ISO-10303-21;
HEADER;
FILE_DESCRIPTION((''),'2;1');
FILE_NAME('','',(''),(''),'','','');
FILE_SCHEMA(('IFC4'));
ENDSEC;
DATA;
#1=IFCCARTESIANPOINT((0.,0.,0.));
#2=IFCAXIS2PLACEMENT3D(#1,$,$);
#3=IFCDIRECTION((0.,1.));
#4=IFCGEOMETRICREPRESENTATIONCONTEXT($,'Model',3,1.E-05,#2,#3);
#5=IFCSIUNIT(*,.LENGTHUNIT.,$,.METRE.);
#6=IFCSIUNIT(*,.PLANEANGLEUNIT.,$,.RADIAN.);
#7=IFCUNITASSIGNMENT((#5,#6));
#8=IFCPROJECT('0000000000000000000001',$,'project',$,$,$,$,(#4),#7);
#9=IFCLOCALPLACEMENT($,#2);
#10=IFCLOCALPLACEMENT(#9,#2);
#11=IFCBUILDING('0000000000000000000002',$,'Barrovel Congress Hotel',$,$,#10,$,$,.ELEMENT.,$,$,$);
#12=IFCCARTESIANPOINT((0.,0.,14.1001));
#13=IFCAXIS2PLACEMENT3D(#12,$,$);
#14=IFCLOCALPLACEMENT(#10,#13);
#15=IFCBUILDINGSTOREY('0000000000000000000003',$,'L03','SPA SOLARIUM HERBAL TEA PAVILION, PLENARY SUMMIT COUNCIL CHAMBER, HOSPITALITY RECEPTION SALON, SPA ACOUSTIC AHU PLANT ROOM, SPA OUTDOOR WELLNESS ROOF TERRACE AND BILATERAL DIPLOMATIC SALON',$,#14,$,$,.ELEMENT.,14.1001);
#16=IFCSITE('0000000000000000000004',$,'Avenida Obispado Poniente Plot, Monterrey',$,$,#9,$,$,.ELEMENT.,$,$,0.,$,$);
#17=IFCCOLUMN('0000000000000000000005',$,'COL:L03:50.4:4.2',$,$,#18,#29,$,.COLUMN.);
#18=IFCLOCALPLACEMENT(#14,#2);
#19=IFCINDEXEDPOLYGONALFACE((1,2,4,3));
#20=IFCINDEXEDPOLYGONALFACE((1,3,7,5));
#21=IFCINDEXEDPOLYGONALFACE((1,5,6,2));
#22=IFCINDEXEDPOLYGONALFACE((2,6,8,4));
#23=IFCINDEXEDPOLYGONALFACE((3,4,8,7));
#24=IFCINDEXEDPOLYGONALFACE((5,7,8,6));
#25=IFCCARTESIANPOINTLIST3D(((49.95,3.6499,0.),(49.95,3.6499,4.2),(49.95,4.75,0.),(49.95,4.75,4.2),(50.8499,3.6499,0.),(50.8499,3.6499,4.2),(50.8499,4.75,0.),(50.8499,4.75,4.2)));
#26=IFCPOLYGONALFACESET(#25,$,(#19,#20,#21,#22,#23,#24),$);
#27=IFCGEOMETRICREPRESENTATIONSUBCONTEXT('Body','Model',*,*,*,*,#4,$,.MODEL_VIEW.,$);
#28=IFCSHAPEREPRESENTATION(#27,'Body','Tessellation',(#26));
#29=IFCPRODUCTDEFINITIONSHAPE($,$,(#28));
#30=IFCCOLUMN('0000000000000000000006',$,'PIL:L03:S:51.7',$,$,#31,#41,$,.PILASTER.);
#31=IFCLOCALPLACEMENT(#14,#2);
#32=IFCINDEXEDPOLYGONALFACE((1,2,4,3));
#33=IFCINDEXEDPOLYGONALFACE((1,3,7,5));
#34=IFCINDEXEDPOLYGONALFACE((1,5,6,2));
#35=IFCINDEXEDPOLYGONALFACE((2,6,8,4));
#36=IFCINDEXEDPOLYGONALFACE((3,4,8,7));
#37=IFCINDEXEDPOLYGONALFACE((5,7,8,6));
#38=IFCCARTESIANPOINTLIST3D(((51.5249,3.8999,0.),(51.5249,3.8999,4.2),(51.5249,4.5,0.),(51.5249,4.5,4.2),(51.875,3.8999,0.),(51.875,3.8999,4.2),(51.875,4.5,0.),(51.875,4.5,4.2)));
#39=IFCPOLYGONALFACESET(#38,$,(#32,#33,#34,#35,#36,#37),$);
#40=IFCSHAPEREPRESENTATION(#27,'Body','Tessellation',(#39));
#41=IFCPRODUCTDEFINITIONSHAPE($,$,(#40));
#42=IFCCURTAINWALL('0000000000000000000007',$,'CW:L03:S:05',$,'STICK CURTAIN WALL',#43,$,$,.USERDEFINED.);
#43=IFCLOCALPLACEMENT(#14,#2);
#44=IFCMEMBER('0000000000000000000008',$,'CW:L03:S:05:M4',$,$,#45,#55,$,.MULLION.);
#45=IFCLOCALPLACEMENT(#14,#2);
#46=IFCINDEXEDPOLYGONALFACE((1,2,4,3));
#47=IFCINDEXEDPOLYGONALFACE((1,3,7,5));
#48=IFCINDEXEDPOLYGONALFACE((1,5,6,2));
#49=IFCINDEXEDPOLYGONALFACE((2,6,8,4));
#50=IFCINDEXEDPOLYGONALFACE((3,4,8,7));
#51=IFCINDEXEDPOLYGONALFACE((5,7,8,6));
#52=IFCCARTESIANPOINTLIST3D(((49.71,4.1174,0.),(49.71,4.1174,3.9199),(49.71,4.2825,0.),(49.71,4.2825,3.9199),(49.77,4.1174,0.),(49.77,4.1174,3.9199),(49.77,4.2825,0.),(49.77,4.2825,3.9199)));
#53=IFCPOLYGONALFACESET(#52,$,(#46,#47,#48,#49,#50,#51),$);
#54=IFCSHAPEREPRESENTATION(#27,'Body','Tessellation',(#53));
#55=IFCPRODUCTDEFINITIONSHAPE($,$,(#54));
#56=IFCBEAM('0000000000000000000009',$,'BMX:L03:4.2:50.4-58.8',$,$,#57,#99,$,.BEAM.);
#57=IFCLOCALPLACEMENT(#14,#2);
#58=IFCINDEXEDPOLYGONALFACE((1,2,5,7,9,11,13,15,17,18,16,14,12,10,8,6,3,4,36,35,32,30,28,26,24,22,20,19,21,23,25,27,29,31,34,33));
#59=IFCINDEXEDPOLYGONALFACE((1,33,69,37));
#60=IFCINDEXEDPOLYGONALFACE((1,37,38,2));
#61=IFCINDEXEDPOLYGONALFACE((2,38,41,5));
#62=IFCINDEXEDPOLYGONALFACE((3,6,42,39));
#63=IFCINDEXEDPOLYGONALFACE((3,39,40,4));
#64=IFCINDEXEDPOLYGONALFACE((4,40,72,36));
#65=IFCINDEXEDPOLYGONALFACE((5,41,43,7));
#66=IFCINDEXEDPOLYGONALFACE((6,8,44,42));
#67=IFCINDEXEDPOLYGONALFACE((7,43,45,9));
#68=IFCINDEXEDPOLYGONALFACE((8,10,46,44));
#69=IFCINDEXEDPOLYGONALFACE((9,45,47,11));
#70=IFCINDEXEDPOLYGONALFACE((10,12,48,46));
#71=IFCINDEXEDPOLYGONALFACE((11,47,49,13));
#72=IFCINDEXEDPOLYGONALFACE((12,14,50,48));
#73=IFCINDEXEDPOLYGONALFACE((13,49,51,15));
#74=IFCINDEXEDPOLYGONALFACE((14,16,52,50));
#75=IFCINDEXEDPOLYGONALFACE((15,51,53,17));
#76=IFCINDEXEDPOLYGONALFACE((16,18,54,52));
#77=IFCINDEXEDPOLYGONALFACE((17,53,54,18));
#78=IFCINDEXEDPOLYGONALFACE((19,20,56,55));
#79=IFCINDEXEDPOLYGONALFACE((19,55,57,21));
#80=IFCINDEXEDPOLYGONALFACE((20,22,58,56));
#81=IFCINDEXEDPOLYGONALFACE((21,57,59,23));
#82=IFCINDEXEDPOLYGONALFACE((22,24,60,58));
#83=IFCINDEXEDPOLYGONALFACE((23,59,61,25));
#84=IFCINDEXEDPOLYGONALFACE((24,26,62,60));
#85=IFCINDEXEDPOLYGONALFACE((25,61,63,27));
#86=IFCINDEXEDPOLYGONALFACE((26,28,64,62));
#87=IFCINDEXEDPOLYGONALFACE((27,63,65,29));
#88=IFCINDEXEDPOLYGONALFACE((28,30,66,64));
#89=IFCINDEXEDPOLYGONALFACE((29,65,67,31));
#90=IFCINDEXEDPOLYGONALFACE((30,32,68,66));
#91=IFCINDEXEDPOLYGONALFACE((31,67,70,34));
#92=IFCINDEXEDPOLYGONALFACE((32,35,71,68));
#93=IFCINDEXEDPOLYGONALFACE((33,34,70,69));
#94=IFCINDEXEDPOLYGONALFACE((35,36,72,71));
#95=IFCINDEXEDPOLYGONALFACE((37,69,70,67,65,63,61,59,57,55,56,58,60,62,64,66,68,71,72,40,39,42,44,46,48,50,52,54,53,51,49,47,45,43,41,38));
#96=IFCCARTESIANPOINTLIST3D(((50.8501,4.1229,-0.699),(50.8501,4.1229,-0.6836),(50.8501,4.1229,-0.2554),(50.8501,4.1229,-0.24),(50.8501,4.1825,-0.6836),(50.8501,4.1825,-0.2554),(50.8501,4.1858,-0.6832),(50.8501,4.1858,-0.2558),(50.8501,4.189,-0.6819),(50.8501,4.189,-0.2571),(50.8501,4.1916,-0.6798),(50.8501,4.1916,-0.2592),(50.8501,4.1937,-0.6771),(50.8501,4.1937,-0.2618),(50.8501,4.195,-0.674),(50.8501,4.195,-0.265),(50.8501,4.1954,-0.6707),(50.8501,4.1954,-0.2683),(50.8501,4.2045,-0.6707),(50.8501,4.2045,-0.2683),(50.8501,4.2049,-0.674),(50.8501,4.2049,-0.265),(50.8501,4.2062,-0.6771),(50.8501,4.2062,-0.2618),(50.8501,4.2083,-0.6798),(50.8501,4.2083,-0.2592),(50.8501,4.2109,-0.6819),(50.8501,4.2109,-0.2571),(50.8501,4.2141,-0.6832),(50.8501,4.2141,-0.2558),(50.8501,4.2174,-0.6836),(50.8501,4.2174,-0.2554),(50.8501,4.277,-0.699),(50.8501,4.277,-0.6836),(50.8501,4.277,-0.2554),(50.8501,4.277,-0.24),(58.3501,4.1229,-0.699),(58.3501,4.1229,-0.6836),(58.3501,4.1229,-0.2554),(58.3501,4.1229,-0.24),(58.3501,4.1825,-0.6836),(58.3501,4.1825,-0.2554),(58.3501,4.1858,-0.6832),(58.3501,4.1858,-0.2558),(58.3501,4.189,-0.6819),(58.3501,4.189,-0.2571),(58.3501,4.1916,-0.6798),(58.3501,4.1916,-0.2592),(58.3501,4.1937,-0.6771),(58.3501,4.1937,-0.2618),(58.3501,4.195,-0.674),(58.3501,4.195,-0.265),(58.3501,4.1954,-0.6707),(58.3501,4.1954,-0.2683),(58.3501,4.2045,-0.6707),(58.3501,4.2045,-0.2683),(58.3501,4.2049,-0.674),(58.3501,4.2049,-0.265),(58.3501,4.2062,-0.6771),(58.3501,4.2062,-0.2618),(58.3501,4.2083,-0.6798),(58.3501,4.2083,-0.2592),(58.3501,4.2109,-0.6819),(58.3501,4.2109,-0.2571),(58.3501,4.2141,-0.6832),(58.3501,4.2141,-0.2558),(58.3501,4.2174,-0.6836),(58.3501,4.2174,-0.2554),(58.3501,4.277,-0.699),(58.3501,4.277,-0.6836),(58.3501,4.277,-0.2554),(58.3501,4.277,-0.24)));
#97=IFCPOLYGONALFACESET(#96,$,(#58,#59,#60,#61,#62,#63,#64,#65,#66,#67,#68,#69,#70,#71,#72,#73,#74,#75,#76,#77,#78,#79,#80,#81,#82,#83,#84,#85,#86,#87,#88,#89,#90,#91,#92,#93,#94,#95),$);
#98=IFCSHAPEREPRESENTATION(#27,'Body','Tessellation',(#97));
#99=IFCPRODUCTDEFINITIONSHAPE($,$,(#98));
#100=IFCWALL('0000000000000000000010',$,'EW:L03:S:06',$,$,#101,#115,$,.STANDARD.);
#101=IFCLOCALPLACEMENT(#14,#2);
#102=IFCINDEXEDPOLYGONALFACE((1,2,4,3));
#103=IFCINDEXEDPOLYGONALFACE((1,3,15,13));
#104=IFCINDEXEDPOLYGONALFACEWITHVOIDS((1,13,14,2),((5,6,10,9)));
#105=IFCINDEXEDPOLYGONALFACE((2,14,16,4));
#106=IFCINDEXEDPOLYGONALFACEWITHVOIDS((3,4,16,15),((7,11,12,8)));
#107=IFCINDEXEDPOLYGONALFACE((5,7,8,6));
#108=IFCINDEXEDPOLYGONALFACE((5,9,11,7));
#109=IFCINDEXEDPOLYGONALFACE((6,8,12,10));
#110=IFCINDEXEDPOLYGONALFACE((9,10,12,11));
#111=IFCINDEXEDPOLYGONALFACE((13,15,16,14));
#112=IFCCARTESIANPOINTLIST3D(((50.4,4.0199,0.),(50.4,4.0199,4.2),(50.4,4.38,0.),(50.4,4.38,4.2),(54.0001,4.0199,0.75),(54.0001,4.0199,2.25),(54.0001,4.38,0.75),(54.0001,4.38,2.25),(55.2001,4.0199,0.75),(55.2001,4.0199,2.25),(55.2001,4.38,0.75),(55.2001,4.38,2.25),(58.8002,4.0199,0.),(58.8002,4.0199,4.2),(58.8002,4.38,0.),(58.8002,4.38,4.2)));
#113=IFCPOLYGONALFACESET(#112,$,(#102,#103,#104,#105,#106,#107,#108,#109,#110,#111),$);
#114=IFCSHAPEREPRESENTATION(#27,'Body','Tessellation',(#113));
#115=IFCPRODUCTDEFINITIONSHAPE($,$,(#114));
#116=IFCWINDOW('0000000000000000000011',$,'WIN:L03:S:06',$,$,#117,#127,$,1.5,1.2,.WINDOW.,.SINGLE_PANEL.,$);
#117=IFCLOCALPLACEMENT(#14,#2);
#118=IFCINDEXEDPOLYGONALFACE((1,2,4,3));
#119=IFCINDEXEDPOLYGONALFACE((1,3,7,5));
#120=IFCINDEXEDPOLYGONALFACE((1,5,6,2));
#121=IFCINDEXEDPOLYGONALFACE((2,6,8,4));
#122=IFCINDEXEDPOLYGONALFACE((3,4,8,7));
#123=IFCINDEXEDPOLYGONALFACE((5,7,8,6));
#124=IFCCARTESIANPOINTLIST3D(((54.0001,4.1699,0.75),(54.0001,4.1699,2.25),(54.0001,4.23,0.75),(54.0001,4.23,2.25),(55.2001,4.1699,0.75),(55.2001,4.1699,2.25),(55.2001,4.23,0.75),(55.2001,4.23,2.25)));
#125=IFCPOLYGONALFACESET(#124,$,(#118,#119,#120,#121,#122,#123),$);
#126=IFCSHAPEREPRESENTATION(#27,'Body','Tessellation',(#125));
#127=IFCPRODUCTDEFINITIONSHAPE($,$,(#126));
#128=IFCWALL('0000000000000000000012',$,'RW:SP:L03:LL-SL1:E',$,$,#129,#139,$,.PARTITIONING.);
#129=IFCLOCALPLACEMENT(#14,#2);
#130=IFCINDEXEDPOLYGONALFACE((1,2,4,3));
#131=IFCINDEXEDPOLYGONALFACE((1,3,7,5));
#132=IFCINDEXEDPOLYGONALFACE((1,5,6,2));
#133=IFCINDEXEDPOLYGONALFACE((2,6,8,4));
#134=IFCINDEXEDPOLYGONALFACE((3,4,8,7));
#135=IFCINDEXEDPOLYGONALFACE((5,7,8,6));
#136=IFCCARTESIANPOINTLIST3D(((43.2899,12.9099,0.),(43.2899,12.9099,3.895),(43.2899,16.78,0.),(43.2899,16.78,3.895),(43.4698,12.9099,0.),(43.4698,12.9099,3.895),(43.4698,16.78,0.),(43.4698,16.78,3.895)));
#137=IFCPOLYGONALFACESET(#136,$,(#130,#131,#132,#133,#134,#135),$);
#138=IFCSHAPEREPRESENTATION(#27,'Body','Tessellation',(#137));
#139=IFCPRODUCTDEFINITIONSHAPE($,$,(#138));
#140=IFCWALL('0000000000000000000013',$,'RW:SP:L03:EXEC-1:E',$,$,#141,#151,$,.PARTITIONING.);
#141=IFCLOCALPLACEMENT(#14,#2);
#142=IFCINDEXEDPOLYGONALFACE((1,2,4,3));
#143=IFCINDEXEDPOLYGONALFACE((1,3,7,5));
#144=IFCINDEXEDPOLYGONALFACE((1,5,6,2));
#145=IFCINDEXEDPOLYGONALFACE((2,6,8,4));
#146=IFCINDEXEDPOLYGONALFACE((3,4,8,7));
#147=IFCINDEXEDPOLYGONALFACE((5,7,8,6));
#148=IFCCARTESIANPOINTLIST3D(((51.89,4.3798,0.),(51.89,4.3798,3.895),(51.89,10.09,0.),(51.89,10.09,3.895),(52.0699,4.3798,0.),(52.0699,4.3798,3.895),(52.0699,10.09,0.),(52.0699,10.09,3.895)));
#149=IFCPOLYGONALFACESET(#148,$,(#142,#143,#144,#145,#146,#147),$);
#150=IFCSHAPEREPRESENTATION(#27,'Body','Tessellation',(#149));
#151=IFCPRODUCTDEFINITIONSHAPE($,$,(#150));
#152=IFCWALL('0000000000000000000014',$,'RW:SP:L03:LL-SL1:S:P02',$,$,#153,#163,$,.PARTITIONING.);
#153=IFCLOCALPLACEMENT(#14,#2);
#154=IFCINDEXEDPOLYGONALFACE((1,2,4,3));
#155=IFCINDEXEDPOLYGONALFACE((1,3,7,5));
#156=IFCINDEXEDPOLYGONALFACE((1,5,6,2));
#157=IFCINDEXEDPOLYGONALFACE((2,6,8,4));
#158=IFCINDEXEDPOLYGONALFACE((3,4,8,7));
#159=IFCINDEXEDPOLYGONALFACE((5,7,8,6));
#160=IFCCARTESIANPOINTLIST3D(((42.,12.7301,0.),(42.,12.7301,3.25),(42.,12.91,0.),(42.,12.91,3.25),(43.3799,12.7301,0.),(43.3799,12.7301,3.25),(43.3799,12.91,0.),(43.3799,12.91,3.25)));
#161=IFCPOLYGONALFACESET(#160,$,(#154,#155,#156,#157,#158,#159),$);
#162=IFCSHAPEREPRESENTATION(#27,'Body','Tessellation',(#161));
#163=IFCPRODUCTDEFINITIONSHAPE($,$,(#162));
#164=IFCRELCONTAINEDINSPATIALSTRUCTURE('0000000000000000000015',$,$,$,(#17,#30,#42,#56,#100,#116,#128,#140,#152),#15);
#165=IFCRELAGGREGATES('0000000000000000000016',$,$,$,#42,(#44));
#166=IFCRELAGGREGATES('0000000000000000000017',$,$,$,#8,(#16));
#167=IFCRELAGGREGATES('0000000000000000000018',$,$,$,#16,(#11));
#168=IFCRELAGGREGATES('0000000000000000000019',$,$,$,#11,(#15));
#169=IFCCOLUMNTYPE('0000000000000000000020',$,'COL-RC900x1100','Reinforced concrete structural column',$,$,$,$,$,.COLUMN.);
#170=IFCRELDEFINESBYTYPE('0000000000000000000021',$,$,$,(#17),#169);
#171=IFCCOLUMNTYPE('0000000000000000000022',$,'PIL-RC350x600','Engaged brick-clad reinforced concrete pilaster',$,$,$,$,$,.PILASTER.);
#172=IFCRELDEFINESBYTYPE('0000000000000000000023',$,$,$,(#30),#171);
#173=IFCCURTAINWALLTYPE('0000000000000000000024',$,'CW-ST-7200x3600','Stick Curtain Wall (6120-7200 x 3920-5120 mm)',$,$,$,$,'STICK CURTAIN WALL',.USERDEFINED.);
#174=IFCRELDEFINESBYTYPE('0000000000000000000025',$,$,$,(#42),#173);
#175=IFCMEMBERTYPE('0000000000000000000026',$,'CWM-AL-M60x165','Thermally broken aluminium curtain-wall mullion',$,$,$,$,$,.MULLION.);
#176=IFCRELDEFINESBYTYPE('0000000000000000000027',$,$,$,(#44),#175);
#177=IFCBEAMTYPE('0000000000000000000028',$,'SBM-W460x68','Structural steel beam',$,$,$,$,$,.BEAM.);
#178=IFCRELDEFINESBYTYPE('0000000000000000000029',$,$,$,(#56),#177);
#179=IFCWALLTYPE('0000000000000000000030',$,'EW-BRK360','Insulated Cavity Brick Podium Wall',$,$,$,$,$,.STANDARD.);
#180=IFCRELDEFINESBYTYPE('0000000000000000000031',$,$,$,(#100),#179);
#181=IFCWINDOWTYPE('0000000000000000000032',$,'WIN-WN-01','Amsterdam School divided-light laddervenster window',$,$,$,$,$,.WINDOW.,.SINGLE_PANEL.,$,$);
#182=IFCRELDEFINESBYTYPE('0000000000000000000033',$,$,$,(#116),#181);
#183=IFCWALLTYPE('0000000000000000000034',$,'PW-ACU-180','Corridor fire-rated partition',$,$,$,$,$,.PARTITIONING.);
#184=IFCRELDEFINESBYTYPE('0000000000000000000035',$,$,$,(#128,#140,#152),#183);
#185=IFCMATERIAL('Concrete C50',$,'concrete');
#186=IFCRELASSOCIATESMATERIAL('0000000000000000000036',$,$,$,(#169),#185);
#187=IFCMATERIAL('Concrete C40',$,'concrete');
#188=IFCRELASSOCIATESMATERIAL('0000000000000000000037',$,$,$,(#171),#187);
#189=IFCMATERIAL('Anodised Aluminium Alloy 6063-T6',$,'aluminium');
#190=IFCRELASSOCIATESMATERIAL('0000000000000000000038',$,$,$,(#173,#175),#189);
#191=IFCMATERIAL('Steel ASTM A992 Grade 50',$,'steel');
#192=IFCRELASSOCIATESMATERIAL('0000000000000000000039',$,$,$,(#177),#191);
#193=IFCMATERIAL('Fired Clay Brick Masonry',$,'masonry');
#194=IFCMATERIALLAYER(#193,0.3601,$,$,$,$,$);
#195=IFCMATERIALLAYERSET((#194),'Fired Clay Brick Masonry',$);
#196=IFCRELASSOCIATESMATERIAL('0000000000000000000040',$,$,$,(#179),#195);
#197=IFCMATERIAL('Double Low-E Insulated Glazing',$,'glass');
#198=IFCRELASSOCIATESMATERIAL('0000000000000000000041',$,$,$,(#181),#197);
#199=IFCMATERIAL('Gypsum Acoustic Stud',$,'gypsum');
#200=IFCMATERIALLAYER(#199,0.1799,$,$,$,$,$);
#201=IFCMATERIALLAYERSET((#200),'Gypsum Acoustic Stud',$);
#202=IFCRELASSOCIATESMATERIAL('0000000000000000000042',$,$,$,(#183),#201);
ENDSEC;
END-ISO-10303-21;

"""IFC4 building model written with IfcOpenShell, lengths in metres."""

from ifc_helpers import new_model, si_unit, direction, frame, frame_2d, origin, origin_2d, place, context, subcontext, project, spatial, rectangle, i_section, extrude, material, layer, layer_set, material_profile, profile_set, type_object, element, fill, aggregate, save


model = new_model("IFC4")

# Units and contexts
model_context = context("Model", 3, precision=1e-05, world=origin(), true_north=direction((0.0, 1.0)))
body_context = subcontext(model_context, "Body", "Model", "MODEL_VIEW")
ifc_project = project(units=[si_unit("LENGTHUNIT", "METRE"), si_unit("PLANEANGLEUNIT", "RADIAN")], contexts=[model_context])

# Site, building, storey
site_placement = place(None, origin())
site = spatial("IfcSite", under=ifc_project, at=site_placement, Name="Avenida Obispado Poniente Plot, Monterrey", CompositionType="ELEMENT", RefElevation=0.0)
building_placement = place(site_placement, origin())
building = spatial("IfcBuilding", under=site, at=building_placement, Name="Barrovel Congress Hotel", CompositionType="ELEMENT")
storey_placement = place(building_placement, frame((0.0, 0.0, 14.1001)))
storey = spatial("IfcBuildingStorey", under=building, at=storey_placement, Name="L03", Description="SPA SOLARIUM HERBAL TEA PAVILION, PLENARY SUMMIT COUNCIL CHAMBER, HOSPITALITY RECEPTION SALON, SPA ACOUSTIC AHU PLANT ROOM, SPA OUTDOOR WELLNESS ROOF TERRACE AND BILATERAL DIPLOMATIC SALON", CompositionType="ELEMENT", Elevation=14.1001)

# Columns
ifc_material_1 = material(Name="Concrete C50", Category="concrete")
ifc_material_profile_1 = material_profile(ifc_material_1, rectangle(XDim=0.8999, YDim=1.1001, at=origin_2d()), Name="RC900x1100")
ifc_profile_set_1 = profile_set([ifc_material_profile_1], Name="Concrete C50")
column_type_1 = type_object("IfcColumnType", Name="COL-RC900x1100", Description="Reinforced concrete structural column", PredefinedType="COLUMN", material=ifc_profile_set_1)
column_1_placement = place(storey_placement, frame((50.3999, 4.2, 0.0), z_axis=(0.0, 0.0, 1.0), x_axis=(1.0, 0.0, 0.0)))
element("IfcColumn", 1, at=column_1_placement, inside=storey, type_object=column_type_1, Name="COL:L03:50.4:4.2", PredefinedType="COLUMN", context=body_context, shape_type="SweptSolid", body=[
    extrude(rectangle(XDim=0.8999, YDim=1.1001, at=origin_2d()), origin(), (0.0, 0.0, 1.0), 4.2),
])
ifc_material_2 = material(Name="Concrete C40", Category="concrete")
ifc_material_profile_2 = material_profile(ifc_material_2, rectangle(XDim=0.3501, YDim=0.6001, at=origin_2d()), Name="RC350x600")
ifc_profile_set_2 = profile_set([ifc_material_profile_2], Name="Concrete C40")
column_type_2 = type_object("IfcColumnType", Name="PIL-RC350x600", Description="Engaged brick-clad reinforced concrete pilaster", PredefinedType="PILASTER", material=ifc_profile_set_2)
column_2_placement = place(storey_placement, frame((51.7, 4.2, 0.0), z_axis=(0.0, 0.0, 1.0), x_axis=(1.0, 0.0, 0.0)))
element("IfcColumn", 2, at=column_2_placement, inside=storey, type_object=column_type_2, Name="PIL:L03:S:51.7", PredefinedType="PILASTER", context=body_context, shape_type="SweptSolid", body=[
    extrude(rectangle(XDim=0.3501, YDim=0.6001, at=origin_2d()), origin(), (0.0, 0.0, 1.0), 4.2),
])

# Curtain wall, member
ifc_material_3 = material(Name="Anodised Aluminium Alloy 6063-T6", Category="aluminium")
curtain_wall_type = type_object("IfcCurtainWallType", Name="CW-ST-7200x3600", Description="Stick Curtain Wall (6120-7200 x 3920-5120 mm)", ElementType="STICK CURTAIN WALL", PredefinedType="USERDEFINED", material=ifc_material_3)
curtain_wall_placement = place(storey_placement, origin())
curtain_wall = element("IfcCurtainWall", 3, at=curtain_wall_placement, inside=storey, type_object=curtain_wall_type, Name="CW:L03:S:05", ObjectType="STICK CURTAIN WALL", PredefinedType="USERDEFINED")
ifc_material_profile_3 = material_profile(ifc_material_3, rectangle(XDim=0.0601, YDim=0.165, at=origin_2d()), Name="AL-M60x165")
ifc_profile_set_3 = profile_set([ifc_material_profile_3], Name="Anodised Aluminium Alloy 6063-T6")
member_type = type_object("IfcMemberType", Name="CWM-AL-M60x165", Description="Thermally broken aluminium curtain-wall mullion", PredefinedType="MULLION", material=ifc_profile_set_3)
member_placement = place(storey_placement, frame((49.74, 4.2, 0.0), z_axis=(0.0, 0.0, 1.0), x_axis=(1.0, 0.0, 0.0)))
member = element("IfcMember", 4, at=member_placement, type_object=member_type, Name="CW:L03:S:05:M4", PredefinedType="MULLION", context=body_context, shape_type="SweptSolid", body=[
    extrude(rectangle(XDim=0.0601, YDim=0.165, at=origin_2d()), origin(), (0.0, 0.0, 1.0), 3.9199),
])
aggregate(curtain_wall, [member])

# Beam
ifc_material_4 = material(Name="Steel ASTM A992 Grade 50", Category="steel")
ifc_material_profile_4 = material_profile(ifc_material_4, i_section(OverallWidth=0.1541, OverallDepth=0.459, WebThickness=0.009, FlangeThickness=0.0154, FilletRadius=0.0129, at=origin_2d()), Name="W460x68")
ifc_profile_set_4 = profile_set([ifc_material_profile_4], Name="Steel ASTM A992 Grade 50")
beam_type = type_object("IfcBeamType", Name="SBM-W460x68", Description="Structural steel beam", PredefinedType="BEAM", material=ifc_profile_set_4)
beam_placement = place(storey_placement, frame((50.8501, 4.2, -0.4695), z_axis=(1.0, 0.0, 0.0), x_axis=(0.0, 1.0, 0.0)))
element("IfcBeam", 5, at=beam_placement, inside=storey, type_object=beam_type, Name="BMX:L03:4.2:50.4-58.8", PredefinedType="BEAM", context=body_context, shape_type="SweptSolid", body=[
    extrude(i_section(OverallWidth=0.1541, OverallDepth=0.459, WebThickness=0.009, FlangeThickness=0.0154, FilletRadius=0.0129, at=origin_2d()), origin(), (0.0, 0.0, 1.0), 7.5),
])

# Wall, opening, window
ifc_material_5 = material(Name="Fired Clay Brick Masonry", Category="masonry")
ifc_layer_1 = layer(ifc_material_5, 0.3601)
ifc_layer_set_1 = layer_set([ifc_layer_1], Name="Fired Clay Brick Masonry")
wall_type_1 = type_object("IfcWallType", Name="EW-BRK360", Description="Insulated Cavity Brick Podium Wall", PredefinedType="STANDARD", material=ifc_layer_set_1)
wall_1_placement = place(storey_placement, frame((50.3999, 4.2, 0.0), z_axis=(0.0, 0.0, 1.0), x_axis=(1.0, 0.0, 0.0)))
wall_1 = element("IfcWall", 6, at=wall_1_placement, inside=storey, type_object=wall_type_1, Name="EW:L03:S:06", PredefinedType="STANDARD", context=body_context, shape_type="SweptSolid", body=[
    extrude(rectangle(XDim=8.4001, YDim=0.3601, at=frame_2d((4.2002, 0.0))), origin(), (0.0, 0.0, 1.0), 4.2),
])
opening_1_placement = place(wall_1_placement, frame((3.6001, 0.0, 0.75)))
opening_1 = element("IfcOpeningElement", 7, at=opening_1_placement, cuts=wall_1, PredefinedType="OPENING", context=body_context, shape_type="SweptSolid", body=[
    extrude(rectangle(XDim=1.2, YDim=1.5, at=frame_2d((0.6001, 0.75))), frame((0.0, 0.1899, 0.0), z_axis=(0.0, -1.0, 0.0), x_axis=(1.0, 0.0, 0.0)), (0.0, 0.0, 1.0), 0.3801),
])
ifc_material_6 = material(Name="Double Low-E Insulated Glazing", Category="glass")
window_type = type_object("IfcWindowType", Name="WIN-WN-01", Description="Amsterdam School divided-light laddervenster window", PartitioningType="SINGLE_PANEL", PredefinedType="WINDOW", material=ifc_material_6)
window_placement = place(opening_1_placement, origin())
window = element("IfcWindow", 8, at=window_placement, inside=storey, type_object=window_type, Name="WIN:L03:S:06", OverallHeight=1.5, OverallWidth=1.2, PartitioningType="SINGLE_PANEL", PredefinedType="WINDOW", context=body_context, shape_type="SweptSolid", body=[
    extrude(rectangle(XDim=1.2, YDim=1.5, at=frame_2d((0.6001, 0.75))), frame((0.0, 0.03, 0.0), z_axis=(0.0, -1.0, 0.0), x_axis=(1.0, 0.0, 0.0)), (0.0, 0.0, 1.0), 0.0601),
])
fill(opening_1, window)

# Shared definitions
ifc_material_7 = material(Name="Gypsum Acoustic Stud", Category="gypsum")
ifc_layer_2 = layer(ifc_material_7, 0.1799)
ifc_layer_set_2 = layer_set([ifc_layer_2], Name="Gypsum Acoustic Stud")
wall_type_2 = type_object("IfcWallType", Name="PW-ACU-180", Description="Corridor fire-rated partition", PredefinedType="PARTITIONING", material=ifc_layer_set_2)

# Walls
wall_2_placement = place(storey_placement, frame((43.3799, 12.9099, 0.0), z_axis=(0.0, 0.0, 1.0), x_axis=(0.0, 1.0, 0.0)))
element("IfcWall", 9, at=wall_2_placement, inside=storey, type_object=wall_type_2, Name="RW:SP:L03:LL-SL1:E", PredefinedType="PARTITIONING", context=body_context, shape_type="SweptSolid", body=[
    extrude(rectangle(XDim=3.8701, YDim=0.1799, at=frame_2d((1.9351, 0.0))), origin(), (0.0, 0.0, 1.0), 3.895),
])
wall_3_placement = place(storey_placement, frame((51.98, 4.3799, 0.0), z_axis=(0.0, 0.0, 1.0), x_axis=(0.0, 1.0, 0.0)))
element("IfcWall", 10, at=wall_3_placement, inside=storey, type_object=wall_type_2, Name="RW:SP:L03:EXEC-1:E", PredefinedType="PARTITIONING", context=body_context, shape_type="SweptSolid", body=[
    extrude(rectangle(XDim=5.7102, YDim=0.1799, at=frame_2d((2.855, 0.0))), origin(), (0.0, 0.0, 1.0), 3.895),
])
wall_4_placement = place(storey_placement, frame((42.0, 12.8201, 0.0), z_axis=(0.0, 0.0, 1.0), x_axis=(1.0, 0.0, 0.0)))
element("IfcWall", 11, at=wall_4_placement, inside=storey, type_object=wall_type_2, Name="RW:SP:L03:LL-SL1:S:P02", PredefinedType="PARTITIONING", context=body_context, shape_type="SweptSolid", body=[
    extrude(rectangle(XDim=1.3799, YDim=0.1799, at=frame_2d((0.6899, 0.0))), origin(), (0.0, 0.0, 1.0), 3.25),
])

save(model, "model.ifc")
